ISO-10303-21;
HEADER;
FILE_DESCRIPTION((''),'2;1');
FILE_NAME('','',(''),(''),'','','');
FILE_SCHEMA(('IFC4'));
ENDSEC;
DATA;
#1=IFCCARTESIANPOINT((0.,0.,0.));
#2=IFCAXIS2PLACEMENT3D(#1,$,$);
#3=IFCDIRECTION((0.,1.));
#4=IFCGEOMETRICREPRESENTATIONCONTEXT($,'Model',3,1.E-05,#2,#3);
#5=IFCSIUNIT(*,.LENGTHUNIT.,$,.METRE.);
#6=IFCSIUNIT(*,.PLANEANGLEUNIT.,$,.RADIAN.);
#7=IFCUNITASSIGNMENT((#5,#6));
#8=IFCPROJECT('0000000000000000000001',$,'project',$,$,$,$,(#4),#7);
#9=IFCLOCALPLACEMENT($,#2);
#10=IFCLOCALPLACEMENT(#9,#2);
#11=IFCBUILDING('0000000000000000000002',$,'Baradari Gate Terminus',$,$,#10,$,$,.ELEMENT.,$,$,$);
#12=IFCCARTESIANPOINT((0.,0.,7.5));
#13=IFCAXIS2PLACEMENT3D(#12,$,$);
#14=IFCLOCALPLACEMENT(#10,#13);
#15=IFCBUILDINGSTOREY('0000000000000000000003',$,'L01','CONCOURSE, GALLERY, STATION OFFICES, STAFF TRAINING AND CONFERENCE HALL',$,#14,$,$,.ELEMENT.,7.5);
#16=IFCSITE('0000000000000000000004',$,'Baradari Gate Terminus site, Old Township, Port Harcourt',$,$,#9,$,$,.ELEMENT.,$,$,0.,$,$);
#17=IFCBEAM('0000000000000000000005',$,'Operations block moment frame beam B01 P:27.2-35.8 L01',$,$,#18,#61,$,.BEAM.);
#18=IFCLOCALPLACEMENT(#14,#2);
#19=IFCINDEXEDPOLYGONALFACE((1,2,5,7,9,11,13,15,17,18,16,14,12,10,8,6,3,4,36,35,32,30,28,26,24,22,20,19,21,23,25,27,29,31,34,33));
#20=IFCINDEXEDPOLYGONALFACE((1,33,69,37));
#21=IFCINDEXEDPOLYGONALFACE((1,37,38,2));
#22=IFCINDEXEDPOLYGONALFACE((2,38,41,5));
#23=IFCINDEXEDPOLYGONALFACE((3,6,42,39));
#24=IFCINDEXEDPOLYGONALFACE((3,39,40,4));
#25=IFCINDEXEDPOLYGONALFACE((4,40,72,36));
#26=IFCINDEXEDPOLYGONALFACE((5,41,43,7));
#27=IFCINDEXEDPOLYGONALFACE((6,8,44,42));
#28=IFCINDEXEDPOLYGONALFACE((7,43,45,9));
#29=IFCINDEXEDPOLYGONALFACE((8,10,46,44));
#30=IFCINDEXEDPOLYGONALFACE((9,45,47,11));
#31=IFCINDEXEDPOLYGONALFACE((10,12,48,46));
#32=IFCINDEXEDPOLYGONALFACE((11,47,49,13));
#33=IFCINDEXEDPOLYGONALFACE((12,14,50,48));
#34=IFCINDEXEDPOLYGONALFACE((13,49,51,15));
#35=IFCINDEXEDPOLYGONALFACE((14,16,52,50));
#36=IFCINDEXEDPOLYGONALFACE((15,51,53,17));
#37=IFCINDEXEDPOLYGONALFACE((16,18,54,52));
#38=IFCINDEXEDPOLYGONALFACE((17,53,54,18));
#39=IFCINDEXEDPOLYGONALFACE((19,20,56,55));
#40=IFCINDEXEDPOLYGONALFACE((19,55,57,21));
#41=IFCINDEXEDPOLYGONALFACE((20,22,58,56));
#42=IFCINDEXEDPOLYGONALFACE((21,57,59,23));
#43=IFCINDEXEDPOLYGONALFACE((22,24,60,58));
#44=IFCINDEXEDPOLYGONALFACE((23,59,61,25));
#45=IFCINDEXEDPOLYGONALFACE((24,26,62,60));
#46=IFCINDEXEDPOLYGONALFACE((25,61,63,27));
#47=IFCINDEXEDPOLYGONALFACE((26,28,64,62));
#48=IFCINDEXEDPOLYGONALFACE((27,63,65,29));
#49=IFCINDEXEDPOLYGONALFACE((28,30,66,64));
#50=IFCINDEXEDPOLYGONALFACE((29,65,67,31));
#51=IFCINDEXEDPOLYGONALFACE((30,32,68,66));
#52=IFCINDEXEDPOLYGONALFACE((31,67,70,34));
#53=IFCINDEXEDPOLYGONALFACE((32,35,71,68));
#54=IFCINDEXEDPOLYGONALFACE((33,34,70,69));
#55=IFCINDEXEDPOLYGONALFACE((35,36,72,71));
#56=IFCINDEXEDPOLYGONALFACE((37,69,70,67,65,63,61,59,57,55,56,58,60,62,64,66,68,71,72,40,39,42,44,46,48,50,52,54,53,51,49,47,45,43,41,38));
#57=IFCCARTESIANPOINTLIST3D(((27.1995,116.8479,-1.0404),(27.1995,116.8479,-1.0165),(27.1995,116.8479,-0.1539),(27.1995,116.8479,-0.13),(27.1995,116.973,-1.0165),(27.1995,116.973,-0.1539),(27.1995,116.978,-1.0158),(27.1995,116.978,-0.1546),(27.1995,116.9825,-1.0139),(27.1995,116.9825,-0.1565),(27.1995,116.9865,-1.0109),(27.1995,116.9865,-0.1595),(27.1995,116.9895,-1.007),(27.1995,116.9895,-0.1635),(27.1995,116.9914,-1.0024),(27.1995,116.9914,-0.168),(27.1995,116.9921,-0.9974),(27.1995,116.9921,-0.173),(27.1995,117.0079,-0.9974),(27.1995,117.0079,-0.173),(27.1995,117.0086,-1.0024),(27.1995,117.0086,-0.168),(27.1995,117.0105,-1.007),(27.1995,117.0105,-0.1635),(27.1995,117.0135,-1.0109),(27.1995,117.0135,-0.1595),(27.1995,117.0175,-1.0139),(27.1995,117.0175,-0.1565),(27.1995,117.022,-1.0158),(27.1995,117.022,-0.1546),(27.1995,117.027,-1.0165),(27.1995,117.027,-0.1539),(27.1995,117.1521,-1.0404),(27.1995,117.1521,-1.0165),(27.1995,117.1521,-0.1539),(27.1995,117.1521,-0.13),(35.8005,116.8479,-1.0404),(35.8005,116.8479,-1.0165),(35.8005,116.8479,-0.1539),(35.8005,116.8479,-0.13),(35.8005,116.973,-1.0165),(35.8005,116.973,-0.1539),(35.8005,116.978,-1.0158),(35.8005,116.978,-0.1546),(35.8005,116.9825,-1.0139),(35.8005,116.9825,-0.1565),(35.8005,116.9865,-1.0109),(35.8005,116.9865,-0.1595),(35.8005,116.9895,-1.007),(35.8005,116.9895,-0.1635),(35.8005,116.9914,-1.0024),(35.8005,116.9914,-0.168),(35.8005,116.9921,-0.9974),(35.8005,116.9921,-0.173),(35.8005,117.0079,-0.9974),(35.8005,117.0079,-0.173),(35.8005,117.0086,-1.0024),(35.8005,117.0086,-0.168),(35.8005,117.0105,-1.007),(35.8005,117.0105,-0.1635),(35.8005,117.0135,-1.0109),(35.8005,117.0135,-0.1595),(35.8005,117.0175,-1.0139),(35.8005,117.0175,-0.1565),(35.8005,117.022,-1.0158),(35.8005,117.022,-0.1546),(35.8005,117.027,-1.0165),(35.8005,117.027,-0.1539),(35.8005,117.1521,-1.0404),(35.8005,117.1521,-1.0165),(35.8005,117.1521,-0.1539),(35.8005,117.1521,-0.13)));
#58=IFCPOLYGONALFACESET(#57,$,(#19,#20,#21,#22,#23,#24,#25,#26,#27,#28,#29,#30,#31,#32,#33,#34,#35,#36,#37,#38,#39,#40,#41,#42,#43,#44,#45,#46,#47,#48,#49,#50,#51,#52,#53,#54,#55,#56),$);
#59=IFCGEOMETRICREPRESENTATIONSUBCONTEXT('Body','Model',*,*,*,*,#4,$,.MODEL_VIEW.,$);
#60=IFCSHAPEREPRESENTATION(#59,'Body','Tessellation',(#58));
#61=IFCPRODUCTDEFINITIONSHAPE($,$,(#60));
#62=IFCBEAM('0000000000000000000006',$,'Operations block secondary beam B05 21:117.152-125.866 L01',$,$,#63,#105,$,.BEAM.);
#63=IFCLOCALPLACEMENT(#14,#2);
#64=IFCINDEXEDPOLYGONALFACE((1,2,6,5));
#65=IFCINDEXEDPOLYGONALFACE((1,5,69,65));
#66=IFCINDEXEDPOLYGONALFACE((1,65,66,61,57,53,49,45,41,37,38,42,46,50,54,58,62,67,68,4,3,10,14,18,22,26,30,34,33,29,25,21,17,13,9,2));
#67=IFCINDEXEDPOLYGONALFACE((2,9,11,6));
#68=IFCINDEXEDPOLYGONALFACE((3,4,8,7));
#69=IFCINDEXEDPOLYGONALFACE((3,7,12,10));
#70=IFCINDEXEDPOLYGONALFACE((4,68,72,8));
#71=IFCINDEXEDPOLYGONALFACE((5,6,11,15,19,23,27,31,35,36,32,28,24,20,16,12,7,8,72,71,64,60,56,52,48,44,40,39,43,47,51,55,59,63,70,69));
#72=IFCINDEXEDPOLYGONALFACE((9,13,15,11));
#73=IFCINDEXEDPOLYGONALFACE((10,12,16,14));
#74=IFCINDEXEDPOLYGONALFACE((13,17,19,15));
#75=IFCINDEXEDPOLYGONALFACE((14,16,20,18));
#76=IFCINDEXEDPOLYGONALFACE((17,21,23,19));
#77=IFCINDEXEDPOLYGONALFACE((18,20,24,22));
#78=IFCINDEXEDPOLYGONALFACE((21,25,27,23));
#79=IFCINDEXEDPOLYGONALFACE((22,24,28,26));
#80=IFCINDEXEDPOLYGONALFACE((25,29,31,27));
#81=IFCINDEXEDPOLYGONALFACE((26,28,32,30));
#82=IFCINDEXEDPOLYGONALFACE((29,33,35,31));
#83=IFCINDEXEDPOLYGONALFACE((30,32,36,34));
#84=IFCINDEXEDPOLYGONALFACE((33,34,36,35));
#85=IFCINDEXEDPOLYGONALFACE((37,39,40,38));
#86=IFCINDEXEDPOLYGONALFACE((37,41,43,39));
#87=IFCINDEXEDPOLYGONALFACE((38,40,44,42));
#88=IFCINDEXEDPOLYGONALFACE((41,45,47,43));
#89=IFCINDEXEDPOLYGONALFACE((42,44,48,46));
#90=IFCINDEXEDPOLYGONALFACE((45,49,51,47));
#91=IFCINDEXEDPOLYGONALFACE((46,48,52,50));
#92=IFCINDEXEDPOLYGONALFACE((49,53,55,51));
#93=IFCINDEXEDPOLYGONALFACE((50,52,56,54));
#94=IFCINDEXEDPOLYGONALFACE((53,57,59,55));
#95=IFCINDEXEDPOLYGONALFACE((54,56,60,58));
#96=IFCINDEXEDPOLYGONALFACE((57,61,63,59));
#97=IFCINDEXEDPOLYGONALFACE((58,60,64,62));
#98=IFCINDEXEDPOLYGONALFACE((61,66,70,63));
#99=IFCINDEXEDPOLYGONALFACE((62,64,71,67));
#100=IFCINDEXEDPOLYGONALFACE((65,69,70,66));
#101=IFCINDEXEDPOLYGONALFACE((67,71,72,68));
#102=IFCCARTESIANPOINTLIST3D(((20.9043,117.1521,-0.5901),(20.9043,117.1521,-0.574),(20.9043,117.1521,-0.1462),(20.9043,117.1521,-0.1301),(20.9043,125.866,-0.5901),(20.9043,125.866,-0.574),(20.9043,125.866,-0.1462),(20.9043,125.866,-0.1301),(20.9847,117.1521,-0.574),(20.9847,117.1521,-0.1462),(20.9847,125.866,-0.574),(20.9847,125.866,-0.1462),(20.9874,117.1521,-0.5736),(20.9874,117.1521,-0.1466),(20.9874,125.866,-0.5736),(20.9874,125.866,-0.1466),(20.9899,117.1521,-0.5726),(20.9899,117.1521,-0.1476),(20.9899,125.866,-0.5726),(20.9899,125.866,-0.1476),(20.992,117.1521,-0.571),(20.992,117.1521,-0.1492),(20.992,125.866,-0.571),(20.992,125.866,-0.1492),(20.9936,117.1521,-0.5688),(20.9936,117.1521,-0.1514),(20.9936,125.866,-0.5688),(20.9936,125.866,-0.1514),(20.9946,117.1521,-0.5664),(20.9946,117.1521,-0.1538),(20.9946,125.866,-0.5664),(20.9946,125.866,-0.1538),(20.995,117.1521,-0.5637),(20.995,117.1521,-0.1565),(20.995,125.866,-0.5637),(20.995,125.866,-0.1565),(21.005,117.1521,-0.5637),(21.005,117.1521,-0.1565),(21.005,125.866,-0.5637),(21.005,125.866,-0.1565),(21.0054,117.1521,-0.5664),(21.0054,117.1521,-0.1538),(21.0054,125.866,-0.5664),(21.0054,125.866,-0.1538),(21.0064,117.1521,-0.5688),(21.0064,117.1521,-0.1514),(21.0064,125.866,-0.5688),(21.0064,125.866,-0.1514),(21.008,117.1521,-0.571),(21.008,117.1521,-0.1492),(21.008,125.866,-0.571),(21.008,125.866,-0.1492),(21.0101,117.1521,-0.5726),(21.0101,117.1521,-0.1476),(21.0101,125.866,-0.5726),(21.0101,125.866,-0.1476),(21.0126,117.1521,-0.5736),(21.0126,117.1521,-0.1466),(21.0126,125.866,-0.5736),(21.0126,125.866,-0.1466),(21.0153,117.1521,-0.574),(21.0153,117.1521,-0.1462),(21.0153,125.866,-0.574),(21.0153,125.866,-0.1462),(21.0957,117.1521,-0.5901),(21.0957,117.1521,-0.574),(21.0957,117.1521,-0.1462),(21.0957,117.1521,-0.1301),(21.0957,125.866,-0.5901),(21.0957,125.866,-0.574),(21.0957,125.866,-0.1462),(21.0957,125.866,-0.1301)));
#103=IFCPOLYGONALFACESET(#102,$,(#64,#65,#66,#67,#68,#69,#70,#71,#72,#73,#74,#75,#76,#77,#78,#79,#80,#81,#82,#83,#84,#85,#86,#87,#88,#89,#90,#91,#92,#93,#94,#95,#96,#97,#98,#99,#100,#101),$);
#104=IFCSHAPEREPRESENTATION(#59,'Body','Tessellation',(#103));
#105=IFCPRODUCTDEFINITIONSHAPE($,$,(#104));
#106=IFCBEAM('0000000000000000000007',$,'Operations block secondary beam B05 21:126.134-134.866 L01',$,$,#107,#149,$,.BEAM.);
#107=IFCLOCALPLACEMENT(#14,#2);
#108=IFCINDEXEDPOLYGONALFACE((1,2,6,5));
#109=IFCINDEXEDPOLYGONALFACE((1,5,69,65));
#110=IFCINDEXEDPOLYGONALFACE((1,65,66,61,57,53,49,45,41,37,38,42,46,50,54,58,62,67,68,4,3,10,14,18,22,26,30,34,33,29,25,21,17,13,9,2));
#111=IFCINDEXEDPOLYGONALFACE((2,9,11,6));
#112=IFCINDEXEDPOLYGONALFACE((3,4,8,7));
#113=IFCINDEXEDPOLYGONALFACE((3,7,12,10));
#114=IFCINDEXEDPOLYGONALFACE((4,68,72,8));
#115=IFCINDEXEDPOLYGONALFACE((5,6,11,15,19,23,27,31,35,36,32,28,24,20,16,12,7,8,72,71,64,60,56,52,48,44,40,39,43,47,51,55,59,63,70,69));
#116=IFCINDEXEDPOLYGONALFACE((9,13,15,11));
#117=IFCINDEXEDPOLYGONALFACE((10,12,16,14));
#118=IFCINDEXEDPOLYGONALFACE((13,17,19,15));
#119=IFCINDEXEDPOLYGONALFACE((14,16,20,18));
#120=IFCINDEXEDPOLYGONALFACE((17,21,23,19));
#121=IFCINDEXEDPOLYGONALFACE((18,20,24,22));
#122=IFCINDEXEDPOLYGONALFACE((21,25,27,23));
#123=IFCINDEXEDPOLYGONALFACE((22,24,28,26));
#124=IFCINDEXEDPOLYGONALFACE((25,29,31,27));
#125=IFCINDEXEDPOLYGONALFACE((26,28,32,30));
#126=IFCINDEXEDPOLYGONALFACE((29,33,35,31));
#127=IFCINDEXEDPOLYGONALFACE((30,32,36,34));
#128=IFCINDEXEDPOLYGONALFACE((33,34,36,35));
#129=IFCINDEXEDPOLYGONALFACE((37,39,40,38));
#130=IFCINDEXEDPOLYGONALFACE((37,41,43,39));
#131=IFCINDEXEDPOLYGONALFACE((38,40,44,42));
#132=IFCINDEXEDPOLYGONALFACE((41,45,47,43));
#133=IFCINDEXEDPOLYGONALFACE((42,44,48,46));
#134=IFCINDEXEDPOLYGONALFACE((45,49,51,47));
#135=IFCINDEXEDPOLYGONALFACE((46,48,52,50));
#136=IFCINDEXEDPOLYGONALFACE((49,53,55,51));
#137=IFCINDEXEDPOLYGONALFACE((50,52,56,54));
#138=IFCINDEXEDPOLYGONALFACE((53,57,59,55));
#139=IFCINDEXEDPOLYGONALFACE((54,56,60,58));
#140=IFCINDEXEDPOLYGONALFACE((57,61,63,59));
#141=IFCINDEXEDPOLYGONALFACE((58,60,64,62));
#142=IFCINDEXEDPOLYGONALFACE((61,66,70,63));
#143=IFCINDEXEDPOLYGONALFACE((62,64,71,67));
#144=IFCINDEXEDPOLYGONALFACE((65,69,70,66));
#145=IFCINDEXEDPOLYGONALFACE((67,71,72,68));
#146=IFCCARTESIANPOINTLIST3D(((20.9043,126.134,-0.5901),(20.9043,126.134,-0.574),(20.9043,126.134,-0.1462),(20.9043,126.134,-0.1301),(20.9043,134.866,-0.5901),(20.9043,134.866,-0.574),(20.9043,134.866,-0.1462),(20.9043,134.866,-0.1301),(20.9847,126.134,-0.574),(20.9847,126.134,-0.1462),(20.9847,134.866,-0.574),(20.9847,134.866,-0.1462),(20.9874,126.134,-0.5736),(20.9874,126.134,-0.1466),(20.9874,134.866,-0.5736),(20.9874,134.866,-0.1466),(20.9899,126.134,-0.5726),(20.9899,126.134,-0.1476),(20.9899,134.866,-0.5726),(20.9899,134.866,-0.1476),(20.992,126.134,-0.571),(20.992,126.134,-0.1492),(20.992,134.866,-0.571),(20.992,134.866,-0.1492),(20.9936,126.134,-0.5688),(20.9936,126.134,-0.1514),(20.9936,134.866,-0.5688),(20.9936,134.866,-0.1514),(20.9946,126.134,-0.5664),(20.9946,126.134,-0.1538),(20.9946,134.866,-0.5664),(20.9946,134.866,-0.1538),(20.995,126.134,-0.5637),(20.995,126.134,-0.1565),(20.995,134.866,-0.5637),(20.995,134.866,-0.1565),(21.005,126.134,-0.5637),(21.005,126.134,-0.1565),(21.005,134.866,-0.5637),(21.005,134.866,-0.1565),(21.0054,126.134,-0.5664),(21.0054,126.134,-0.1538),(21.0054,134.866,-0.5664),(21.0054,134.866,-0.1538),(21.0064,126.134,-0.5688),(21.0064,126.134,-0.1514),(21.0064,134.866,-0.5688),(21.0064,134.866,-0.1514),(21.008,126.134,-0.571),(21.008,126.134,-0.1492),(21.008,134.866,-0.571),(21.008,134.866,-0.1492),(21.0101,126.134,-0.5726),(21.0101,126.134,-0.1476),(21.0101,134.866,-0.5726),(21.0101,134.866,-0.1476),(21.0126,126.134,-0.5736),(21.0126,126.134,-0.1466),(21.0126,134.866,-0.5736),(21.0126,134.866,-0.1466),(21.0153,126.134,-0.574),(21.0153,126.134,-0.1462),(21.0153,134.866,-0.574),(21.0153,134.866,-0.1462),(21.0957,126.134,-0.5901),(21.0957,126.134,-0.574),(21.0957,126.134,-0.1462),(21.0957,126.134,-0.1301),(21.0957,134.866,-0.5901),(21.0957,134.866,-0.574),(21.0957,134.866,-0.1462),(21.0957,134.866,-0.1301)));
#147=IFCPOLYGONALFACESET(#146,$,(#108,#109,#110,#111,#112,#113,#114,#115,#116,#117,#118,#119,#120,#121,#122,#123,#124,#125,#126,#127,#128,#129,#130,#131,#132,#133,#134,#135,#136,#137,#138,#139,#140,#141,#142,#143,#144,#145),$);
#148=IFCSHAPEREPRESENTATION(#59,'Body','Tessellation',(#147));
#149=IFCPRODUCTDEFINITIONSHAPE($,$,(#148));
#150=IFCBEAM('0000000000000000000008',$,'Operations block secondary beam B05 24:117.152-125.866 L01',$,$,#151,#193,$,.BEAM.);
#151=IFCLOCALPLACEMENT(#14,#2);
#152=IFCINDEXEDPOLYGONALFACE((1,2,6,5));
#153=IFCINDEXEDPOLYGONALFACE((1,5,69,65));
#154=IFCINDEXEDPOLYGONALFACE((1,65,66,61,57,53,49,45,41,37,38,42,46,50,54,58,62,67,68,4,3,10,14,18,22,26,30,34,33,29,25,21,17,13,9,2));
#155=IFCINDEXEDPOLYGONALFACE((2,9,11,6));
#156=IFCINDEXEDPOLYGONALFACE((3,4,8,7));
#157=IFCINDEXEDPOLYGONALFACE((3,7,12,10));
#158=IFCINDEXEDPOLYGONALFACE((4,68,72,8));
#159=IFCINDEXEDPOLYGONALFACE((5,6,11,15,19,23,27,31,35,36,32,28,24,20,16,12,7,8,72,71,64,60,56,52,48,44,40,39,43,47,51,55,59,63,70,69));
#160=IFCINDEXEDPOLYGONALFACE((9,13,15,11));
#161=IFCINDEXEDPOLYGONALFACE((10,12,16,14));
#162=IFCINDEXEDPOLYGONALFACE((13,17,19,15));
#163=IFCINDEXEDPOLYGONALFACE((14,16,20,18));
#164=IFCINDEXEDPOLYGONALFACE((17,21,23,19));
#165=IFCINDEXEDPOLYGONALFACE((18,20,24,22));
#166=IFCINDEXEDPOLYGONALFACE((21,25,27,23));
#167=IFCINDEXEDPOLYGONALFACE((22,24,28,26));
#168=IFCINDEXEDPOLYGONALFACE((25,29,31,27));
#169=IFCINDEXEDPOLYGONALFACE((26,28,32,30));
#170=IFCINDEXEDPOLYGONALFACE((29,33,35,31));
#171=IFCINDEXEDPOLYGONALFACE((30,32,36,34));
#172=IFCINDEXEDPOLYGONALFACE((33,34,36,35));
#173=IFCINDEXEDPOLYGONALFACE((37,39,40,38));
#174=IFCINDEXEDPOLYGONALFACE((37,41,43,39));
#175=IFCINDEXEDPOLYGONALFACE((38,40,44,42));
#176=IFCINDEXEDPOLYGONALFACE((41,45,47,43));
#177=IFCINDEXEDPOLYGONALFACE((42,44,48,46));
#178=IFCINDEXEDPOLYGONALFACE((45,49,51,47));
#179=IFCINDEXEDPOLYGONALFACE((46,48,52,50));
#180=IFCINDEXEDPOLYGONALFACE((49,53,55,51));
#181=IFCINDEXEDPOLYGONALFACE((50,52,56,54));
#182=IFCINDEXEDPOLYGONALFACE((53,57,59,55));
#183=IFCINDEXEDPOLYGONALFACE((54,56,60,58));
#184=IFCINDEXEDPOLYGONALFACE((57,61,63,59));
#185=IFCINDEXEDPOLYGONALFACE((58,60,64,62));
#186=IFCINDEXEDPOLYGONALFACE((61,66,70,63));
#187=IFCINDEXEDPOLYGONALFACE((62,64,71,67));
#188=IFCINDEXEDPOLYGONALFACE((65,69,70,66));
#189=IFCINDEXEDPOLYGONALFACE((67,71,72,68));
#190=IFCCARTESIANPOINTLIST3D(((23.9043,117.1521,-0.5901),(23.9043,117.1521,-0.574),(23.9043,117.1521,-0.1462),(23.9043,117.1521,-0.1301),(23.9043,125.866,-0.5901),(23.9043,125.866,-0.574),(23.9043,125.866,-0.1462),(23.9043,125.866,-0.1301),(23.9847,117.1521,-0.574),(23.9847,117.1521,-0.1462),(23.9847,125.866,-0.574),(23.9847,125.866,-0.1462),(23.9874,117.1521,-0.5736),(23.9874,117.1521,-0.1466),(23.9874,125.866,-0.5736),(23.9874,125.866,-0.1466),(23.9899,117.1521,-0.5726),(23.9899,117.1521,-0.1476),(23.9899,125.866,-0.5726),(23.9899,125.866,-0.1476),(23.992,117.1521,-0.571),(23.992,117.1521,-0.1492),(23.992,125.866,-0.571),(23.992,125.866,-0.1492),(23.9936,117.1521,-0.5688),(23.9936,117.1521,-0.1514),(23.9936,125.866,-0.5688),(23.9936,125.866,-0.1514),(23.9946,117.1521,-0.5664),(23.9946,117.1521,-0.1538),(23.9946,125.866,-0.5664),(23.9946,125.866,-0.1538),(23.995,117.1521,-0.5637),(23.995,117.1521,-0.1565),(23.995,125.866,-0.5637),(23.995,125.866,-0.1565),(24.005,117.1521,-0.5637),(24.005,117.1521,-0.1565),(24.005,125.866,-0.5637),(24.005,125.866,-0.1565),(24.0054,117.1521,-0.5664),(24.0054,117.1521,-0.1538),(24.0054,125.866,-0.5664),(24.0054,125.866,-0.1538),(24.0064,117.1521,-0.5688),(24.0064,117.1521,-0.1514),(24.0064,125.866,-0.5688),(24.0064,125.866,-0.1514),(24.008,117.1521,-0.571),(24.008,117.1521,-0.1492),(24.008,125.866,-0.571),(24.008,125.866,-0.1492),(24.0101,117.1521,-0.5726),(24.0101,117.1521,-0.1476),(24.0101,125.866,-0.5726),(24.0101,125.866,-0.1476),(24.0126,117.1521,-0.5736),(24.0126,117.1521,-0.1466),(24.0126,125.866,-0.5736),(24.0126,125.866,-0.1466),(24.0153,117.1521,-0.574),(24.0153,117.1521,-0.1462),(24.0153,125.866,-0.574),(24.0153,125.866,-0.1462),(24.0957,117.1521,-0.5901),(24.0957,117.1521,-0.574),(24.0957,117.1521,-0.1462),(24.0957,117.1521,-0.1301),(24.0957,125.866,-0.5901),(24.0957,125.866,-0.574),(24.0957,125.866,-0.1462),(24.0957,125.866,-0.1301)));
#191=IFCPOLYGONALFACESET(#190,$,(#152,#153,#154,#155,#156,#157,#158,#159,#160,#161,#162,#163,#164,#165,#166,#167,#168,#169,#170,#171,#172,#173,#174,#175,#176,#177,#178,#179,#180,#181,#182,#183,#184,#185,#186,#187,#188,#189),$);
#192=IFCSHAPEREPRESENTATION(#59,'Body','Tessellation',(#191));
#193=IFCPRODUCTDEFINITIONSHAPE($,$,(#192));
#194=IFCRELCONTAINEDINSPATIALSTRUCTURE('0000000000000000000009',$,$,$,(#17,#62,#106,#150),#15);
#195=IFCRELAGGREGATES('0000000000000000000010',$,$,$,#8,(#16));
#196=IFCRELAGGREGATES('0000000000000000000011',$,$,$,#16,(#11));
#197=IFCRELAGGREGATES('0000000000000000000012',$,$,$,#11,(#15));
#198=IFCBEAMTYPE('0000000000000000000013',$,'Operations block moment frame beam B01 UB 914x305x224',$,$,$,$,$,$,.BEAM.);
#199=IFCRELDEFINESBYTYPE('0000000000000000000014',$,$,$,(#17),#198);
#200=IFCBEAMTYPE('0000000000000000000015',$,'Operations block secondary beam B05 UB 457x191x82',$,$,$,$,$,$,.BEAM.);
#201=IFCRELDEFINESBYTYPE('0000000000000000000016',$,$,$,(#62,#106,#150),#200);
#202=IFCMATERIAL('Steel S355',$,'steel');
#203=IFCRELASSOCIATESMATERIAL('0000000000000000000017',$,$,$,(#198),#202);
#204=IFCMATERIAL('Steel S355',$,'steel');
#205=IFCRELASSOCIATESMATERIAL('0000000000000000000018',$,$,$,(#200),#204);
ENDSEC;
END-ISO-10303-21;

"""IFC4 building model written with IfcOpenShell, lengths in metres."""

from ifc_helpers import new_model, si_unit, direction, frame, origin, origin_2d, place, context, subcontext, project, spatial, i_section, extrude, material, material_profile, profile_set, type_object, element, save


model = new_model("IFC4")

# Units and contexts
model_context = context("Model", 3, precision=1e-05, world=origin(), true_north=direction((0.0, 1.0)))
body_context = subcontext(model_context, "Body", "Model", "MODEL_VIEW")
ifc_project = project(units=[si_unit("LENGTHUNIT", "METRE"), si_unit("PLANEANGLEUNIT", "RADIAN")], contexts=[model_context])

# Site, building, storey
site_placement = place(None, origin())
site = spatial("IfcSite", under=ifc_project, at=site_placement, Name="Baradari Gate Terminus site, Old Township, Port Harcourt", CompositionType="ELEMENT", RefElevation=0.0)
building_placement = place(site_placement, origin())
building = spatial("IfcBuilding", under=site, at=building_placement, Name="Baradari Gate Terminus", CompositionType="ELEMENT")
storey_placement = place(building_placement, frame((0.0, 0.0, 7.5)))
storey = spatial("IfcBuildingStorey", under=building, at=storey_placement, Name="L01", Description="CONCOURSE, GALLERY, STATION OFFICES, STAFF TRAINING AND CONFERENCE HALL", CompositionType="ELEMENT", Elevation=7.5)

# Beams
ifc_material_1 = material(Name="Steel S355", Category="steel")
ifc_material_profile_1 = material_profile(ifc_material_1, i_section(OverallWidth=0.3042, OverallDepth=0.9104, WebThickness=0.0159, FlangeThickness=0.0239, FilletRadius=0.019, at=origin_2d()), Name="UB 914x305x224")
ifc_profile_set_1 = profile_set([ifc_material_profile_1], Name="Steel S355")
beam_type_1 = type_object("IfcBeamType", Name="Operations block moment frame beam B01 UB 914x305x224", PredefinedType="BEAM", material=ifc_profile_set_1)
beam_1_placement = place(storey_placement, frame((27.1995, 117.0, -0.5852), z_axis=(1.0, 0.0, 0.0), x_axis=(0.0, 1.0, 0.0)))
element("IfcBeam", 1, at=beam_1_placement, inside=storey, type_object=beam_type_1, Name="Operations block moment frame beam B01 P:27.2-35.8 L01", PredefinedType="BEAM", context=body_context, shape_type="SweptSolid", body=[
    extrude(i_section(OverallWidth=0.3042, OverallDepth=0.9104, WebThickness=0.0159, FlangeThickness=0.0239, FilletRadius=0.019, at=origin_2d()), origin(), (0.0, 0.0, 1.0), 8.6011),
])
ifc_material_2 = material(Name="Steel S355", Category="steel")
ifc_material_profile_2 = material_profile(ifc_material_2, i_section(OverallWidth=0.1914, OverallDepth=0.46, WebThickness=0.01, FlangeThickness=0.0161, FilletRadius=0.0103, at=origin_2d()), Name="UB 457x191x82")
ifc_profile_set_2 = profile_set([ifc_material_profile_2], Name="Steel S355")
beam_type_2 = type_object("IfcBeamType", Name="Operations block secondary beam B05 UB 457x191x82", PredefinedType="BEAM", material=ifc_profile_set_2)
beam_2_placement = place(storey_placement, frame((21.0, 117.1521, -0.3601), z_axis=(0.0, 1.0, 0.0), x_axis=(-1.0, 0.0, 0.0)))
element("IfcBeam", 2, at=beam_2_placement, inside=storey, type_object=beam_type_2, Name="Operations block secondary beam B05 21:117.152-125.866 L01", PredefinedType="BEAM", context=body_context, shape_type="SweptSolid", body=[
    extrude(i_section(OverallWidth=0.1914, OverallDepth=0.46, WebThickness=0.01, FlangeThickness=0.0161, FilletRadius=0.0103, at=origin_2d()), origin(), (0.0, 0.0, 1.0), 8.7139),
])
beam_3_placement = place(storey_placement, frame((21.0, 126.134, -0.3601), z_axis=(0.0, 1.0, 0.0), x_axis=(-1.0, 0.0, 0.0)))
element("IfcBeam", 3, at=beam_3_placement, inside=storey, type_object=beam_type_2, Name="Operations block secondary beam B05 21:126.134-134.866 L01", PredefinedType="BEAM", context=body_context, shape_type="SweptSolid", body=[
    extrude(i_section(OverallWidth=0.1914, OverallDepth=0.46, WebThickness=0.01, FlangeThickness=0.0161, FilletRadius=0.0103, at=origin_2d()), origin(), (0.0, 0.0, 1.0), 8.7319),
])
beam_4_placement = place(storey_placement, frame((24.0, 117.1521, -0.3601), z_axis=(0.0, 1.0, 0.0), x_axis=(-1.0, 0.0, 0.0)))
element("IfcBeam", 4, at=beam_4_placement, inside=storey, type_object=beam_type_2, Name="Operations block secondary beam B05 24:117.152-125.866 L01", PredefinedType="BEAM", context=body_context, shape_type="SweptSolid", body=[
    extrude(i_section(OverallWidth=0.1914, OverallDepth=0.46, WebThickness=0.01, FlangeThickness=0.0161, FilletRadius=0.0103, at=origin_2d()), origin(), (0.0, 0.0, 1.0), 8.7139),
])

save(model, "model.ifc")
